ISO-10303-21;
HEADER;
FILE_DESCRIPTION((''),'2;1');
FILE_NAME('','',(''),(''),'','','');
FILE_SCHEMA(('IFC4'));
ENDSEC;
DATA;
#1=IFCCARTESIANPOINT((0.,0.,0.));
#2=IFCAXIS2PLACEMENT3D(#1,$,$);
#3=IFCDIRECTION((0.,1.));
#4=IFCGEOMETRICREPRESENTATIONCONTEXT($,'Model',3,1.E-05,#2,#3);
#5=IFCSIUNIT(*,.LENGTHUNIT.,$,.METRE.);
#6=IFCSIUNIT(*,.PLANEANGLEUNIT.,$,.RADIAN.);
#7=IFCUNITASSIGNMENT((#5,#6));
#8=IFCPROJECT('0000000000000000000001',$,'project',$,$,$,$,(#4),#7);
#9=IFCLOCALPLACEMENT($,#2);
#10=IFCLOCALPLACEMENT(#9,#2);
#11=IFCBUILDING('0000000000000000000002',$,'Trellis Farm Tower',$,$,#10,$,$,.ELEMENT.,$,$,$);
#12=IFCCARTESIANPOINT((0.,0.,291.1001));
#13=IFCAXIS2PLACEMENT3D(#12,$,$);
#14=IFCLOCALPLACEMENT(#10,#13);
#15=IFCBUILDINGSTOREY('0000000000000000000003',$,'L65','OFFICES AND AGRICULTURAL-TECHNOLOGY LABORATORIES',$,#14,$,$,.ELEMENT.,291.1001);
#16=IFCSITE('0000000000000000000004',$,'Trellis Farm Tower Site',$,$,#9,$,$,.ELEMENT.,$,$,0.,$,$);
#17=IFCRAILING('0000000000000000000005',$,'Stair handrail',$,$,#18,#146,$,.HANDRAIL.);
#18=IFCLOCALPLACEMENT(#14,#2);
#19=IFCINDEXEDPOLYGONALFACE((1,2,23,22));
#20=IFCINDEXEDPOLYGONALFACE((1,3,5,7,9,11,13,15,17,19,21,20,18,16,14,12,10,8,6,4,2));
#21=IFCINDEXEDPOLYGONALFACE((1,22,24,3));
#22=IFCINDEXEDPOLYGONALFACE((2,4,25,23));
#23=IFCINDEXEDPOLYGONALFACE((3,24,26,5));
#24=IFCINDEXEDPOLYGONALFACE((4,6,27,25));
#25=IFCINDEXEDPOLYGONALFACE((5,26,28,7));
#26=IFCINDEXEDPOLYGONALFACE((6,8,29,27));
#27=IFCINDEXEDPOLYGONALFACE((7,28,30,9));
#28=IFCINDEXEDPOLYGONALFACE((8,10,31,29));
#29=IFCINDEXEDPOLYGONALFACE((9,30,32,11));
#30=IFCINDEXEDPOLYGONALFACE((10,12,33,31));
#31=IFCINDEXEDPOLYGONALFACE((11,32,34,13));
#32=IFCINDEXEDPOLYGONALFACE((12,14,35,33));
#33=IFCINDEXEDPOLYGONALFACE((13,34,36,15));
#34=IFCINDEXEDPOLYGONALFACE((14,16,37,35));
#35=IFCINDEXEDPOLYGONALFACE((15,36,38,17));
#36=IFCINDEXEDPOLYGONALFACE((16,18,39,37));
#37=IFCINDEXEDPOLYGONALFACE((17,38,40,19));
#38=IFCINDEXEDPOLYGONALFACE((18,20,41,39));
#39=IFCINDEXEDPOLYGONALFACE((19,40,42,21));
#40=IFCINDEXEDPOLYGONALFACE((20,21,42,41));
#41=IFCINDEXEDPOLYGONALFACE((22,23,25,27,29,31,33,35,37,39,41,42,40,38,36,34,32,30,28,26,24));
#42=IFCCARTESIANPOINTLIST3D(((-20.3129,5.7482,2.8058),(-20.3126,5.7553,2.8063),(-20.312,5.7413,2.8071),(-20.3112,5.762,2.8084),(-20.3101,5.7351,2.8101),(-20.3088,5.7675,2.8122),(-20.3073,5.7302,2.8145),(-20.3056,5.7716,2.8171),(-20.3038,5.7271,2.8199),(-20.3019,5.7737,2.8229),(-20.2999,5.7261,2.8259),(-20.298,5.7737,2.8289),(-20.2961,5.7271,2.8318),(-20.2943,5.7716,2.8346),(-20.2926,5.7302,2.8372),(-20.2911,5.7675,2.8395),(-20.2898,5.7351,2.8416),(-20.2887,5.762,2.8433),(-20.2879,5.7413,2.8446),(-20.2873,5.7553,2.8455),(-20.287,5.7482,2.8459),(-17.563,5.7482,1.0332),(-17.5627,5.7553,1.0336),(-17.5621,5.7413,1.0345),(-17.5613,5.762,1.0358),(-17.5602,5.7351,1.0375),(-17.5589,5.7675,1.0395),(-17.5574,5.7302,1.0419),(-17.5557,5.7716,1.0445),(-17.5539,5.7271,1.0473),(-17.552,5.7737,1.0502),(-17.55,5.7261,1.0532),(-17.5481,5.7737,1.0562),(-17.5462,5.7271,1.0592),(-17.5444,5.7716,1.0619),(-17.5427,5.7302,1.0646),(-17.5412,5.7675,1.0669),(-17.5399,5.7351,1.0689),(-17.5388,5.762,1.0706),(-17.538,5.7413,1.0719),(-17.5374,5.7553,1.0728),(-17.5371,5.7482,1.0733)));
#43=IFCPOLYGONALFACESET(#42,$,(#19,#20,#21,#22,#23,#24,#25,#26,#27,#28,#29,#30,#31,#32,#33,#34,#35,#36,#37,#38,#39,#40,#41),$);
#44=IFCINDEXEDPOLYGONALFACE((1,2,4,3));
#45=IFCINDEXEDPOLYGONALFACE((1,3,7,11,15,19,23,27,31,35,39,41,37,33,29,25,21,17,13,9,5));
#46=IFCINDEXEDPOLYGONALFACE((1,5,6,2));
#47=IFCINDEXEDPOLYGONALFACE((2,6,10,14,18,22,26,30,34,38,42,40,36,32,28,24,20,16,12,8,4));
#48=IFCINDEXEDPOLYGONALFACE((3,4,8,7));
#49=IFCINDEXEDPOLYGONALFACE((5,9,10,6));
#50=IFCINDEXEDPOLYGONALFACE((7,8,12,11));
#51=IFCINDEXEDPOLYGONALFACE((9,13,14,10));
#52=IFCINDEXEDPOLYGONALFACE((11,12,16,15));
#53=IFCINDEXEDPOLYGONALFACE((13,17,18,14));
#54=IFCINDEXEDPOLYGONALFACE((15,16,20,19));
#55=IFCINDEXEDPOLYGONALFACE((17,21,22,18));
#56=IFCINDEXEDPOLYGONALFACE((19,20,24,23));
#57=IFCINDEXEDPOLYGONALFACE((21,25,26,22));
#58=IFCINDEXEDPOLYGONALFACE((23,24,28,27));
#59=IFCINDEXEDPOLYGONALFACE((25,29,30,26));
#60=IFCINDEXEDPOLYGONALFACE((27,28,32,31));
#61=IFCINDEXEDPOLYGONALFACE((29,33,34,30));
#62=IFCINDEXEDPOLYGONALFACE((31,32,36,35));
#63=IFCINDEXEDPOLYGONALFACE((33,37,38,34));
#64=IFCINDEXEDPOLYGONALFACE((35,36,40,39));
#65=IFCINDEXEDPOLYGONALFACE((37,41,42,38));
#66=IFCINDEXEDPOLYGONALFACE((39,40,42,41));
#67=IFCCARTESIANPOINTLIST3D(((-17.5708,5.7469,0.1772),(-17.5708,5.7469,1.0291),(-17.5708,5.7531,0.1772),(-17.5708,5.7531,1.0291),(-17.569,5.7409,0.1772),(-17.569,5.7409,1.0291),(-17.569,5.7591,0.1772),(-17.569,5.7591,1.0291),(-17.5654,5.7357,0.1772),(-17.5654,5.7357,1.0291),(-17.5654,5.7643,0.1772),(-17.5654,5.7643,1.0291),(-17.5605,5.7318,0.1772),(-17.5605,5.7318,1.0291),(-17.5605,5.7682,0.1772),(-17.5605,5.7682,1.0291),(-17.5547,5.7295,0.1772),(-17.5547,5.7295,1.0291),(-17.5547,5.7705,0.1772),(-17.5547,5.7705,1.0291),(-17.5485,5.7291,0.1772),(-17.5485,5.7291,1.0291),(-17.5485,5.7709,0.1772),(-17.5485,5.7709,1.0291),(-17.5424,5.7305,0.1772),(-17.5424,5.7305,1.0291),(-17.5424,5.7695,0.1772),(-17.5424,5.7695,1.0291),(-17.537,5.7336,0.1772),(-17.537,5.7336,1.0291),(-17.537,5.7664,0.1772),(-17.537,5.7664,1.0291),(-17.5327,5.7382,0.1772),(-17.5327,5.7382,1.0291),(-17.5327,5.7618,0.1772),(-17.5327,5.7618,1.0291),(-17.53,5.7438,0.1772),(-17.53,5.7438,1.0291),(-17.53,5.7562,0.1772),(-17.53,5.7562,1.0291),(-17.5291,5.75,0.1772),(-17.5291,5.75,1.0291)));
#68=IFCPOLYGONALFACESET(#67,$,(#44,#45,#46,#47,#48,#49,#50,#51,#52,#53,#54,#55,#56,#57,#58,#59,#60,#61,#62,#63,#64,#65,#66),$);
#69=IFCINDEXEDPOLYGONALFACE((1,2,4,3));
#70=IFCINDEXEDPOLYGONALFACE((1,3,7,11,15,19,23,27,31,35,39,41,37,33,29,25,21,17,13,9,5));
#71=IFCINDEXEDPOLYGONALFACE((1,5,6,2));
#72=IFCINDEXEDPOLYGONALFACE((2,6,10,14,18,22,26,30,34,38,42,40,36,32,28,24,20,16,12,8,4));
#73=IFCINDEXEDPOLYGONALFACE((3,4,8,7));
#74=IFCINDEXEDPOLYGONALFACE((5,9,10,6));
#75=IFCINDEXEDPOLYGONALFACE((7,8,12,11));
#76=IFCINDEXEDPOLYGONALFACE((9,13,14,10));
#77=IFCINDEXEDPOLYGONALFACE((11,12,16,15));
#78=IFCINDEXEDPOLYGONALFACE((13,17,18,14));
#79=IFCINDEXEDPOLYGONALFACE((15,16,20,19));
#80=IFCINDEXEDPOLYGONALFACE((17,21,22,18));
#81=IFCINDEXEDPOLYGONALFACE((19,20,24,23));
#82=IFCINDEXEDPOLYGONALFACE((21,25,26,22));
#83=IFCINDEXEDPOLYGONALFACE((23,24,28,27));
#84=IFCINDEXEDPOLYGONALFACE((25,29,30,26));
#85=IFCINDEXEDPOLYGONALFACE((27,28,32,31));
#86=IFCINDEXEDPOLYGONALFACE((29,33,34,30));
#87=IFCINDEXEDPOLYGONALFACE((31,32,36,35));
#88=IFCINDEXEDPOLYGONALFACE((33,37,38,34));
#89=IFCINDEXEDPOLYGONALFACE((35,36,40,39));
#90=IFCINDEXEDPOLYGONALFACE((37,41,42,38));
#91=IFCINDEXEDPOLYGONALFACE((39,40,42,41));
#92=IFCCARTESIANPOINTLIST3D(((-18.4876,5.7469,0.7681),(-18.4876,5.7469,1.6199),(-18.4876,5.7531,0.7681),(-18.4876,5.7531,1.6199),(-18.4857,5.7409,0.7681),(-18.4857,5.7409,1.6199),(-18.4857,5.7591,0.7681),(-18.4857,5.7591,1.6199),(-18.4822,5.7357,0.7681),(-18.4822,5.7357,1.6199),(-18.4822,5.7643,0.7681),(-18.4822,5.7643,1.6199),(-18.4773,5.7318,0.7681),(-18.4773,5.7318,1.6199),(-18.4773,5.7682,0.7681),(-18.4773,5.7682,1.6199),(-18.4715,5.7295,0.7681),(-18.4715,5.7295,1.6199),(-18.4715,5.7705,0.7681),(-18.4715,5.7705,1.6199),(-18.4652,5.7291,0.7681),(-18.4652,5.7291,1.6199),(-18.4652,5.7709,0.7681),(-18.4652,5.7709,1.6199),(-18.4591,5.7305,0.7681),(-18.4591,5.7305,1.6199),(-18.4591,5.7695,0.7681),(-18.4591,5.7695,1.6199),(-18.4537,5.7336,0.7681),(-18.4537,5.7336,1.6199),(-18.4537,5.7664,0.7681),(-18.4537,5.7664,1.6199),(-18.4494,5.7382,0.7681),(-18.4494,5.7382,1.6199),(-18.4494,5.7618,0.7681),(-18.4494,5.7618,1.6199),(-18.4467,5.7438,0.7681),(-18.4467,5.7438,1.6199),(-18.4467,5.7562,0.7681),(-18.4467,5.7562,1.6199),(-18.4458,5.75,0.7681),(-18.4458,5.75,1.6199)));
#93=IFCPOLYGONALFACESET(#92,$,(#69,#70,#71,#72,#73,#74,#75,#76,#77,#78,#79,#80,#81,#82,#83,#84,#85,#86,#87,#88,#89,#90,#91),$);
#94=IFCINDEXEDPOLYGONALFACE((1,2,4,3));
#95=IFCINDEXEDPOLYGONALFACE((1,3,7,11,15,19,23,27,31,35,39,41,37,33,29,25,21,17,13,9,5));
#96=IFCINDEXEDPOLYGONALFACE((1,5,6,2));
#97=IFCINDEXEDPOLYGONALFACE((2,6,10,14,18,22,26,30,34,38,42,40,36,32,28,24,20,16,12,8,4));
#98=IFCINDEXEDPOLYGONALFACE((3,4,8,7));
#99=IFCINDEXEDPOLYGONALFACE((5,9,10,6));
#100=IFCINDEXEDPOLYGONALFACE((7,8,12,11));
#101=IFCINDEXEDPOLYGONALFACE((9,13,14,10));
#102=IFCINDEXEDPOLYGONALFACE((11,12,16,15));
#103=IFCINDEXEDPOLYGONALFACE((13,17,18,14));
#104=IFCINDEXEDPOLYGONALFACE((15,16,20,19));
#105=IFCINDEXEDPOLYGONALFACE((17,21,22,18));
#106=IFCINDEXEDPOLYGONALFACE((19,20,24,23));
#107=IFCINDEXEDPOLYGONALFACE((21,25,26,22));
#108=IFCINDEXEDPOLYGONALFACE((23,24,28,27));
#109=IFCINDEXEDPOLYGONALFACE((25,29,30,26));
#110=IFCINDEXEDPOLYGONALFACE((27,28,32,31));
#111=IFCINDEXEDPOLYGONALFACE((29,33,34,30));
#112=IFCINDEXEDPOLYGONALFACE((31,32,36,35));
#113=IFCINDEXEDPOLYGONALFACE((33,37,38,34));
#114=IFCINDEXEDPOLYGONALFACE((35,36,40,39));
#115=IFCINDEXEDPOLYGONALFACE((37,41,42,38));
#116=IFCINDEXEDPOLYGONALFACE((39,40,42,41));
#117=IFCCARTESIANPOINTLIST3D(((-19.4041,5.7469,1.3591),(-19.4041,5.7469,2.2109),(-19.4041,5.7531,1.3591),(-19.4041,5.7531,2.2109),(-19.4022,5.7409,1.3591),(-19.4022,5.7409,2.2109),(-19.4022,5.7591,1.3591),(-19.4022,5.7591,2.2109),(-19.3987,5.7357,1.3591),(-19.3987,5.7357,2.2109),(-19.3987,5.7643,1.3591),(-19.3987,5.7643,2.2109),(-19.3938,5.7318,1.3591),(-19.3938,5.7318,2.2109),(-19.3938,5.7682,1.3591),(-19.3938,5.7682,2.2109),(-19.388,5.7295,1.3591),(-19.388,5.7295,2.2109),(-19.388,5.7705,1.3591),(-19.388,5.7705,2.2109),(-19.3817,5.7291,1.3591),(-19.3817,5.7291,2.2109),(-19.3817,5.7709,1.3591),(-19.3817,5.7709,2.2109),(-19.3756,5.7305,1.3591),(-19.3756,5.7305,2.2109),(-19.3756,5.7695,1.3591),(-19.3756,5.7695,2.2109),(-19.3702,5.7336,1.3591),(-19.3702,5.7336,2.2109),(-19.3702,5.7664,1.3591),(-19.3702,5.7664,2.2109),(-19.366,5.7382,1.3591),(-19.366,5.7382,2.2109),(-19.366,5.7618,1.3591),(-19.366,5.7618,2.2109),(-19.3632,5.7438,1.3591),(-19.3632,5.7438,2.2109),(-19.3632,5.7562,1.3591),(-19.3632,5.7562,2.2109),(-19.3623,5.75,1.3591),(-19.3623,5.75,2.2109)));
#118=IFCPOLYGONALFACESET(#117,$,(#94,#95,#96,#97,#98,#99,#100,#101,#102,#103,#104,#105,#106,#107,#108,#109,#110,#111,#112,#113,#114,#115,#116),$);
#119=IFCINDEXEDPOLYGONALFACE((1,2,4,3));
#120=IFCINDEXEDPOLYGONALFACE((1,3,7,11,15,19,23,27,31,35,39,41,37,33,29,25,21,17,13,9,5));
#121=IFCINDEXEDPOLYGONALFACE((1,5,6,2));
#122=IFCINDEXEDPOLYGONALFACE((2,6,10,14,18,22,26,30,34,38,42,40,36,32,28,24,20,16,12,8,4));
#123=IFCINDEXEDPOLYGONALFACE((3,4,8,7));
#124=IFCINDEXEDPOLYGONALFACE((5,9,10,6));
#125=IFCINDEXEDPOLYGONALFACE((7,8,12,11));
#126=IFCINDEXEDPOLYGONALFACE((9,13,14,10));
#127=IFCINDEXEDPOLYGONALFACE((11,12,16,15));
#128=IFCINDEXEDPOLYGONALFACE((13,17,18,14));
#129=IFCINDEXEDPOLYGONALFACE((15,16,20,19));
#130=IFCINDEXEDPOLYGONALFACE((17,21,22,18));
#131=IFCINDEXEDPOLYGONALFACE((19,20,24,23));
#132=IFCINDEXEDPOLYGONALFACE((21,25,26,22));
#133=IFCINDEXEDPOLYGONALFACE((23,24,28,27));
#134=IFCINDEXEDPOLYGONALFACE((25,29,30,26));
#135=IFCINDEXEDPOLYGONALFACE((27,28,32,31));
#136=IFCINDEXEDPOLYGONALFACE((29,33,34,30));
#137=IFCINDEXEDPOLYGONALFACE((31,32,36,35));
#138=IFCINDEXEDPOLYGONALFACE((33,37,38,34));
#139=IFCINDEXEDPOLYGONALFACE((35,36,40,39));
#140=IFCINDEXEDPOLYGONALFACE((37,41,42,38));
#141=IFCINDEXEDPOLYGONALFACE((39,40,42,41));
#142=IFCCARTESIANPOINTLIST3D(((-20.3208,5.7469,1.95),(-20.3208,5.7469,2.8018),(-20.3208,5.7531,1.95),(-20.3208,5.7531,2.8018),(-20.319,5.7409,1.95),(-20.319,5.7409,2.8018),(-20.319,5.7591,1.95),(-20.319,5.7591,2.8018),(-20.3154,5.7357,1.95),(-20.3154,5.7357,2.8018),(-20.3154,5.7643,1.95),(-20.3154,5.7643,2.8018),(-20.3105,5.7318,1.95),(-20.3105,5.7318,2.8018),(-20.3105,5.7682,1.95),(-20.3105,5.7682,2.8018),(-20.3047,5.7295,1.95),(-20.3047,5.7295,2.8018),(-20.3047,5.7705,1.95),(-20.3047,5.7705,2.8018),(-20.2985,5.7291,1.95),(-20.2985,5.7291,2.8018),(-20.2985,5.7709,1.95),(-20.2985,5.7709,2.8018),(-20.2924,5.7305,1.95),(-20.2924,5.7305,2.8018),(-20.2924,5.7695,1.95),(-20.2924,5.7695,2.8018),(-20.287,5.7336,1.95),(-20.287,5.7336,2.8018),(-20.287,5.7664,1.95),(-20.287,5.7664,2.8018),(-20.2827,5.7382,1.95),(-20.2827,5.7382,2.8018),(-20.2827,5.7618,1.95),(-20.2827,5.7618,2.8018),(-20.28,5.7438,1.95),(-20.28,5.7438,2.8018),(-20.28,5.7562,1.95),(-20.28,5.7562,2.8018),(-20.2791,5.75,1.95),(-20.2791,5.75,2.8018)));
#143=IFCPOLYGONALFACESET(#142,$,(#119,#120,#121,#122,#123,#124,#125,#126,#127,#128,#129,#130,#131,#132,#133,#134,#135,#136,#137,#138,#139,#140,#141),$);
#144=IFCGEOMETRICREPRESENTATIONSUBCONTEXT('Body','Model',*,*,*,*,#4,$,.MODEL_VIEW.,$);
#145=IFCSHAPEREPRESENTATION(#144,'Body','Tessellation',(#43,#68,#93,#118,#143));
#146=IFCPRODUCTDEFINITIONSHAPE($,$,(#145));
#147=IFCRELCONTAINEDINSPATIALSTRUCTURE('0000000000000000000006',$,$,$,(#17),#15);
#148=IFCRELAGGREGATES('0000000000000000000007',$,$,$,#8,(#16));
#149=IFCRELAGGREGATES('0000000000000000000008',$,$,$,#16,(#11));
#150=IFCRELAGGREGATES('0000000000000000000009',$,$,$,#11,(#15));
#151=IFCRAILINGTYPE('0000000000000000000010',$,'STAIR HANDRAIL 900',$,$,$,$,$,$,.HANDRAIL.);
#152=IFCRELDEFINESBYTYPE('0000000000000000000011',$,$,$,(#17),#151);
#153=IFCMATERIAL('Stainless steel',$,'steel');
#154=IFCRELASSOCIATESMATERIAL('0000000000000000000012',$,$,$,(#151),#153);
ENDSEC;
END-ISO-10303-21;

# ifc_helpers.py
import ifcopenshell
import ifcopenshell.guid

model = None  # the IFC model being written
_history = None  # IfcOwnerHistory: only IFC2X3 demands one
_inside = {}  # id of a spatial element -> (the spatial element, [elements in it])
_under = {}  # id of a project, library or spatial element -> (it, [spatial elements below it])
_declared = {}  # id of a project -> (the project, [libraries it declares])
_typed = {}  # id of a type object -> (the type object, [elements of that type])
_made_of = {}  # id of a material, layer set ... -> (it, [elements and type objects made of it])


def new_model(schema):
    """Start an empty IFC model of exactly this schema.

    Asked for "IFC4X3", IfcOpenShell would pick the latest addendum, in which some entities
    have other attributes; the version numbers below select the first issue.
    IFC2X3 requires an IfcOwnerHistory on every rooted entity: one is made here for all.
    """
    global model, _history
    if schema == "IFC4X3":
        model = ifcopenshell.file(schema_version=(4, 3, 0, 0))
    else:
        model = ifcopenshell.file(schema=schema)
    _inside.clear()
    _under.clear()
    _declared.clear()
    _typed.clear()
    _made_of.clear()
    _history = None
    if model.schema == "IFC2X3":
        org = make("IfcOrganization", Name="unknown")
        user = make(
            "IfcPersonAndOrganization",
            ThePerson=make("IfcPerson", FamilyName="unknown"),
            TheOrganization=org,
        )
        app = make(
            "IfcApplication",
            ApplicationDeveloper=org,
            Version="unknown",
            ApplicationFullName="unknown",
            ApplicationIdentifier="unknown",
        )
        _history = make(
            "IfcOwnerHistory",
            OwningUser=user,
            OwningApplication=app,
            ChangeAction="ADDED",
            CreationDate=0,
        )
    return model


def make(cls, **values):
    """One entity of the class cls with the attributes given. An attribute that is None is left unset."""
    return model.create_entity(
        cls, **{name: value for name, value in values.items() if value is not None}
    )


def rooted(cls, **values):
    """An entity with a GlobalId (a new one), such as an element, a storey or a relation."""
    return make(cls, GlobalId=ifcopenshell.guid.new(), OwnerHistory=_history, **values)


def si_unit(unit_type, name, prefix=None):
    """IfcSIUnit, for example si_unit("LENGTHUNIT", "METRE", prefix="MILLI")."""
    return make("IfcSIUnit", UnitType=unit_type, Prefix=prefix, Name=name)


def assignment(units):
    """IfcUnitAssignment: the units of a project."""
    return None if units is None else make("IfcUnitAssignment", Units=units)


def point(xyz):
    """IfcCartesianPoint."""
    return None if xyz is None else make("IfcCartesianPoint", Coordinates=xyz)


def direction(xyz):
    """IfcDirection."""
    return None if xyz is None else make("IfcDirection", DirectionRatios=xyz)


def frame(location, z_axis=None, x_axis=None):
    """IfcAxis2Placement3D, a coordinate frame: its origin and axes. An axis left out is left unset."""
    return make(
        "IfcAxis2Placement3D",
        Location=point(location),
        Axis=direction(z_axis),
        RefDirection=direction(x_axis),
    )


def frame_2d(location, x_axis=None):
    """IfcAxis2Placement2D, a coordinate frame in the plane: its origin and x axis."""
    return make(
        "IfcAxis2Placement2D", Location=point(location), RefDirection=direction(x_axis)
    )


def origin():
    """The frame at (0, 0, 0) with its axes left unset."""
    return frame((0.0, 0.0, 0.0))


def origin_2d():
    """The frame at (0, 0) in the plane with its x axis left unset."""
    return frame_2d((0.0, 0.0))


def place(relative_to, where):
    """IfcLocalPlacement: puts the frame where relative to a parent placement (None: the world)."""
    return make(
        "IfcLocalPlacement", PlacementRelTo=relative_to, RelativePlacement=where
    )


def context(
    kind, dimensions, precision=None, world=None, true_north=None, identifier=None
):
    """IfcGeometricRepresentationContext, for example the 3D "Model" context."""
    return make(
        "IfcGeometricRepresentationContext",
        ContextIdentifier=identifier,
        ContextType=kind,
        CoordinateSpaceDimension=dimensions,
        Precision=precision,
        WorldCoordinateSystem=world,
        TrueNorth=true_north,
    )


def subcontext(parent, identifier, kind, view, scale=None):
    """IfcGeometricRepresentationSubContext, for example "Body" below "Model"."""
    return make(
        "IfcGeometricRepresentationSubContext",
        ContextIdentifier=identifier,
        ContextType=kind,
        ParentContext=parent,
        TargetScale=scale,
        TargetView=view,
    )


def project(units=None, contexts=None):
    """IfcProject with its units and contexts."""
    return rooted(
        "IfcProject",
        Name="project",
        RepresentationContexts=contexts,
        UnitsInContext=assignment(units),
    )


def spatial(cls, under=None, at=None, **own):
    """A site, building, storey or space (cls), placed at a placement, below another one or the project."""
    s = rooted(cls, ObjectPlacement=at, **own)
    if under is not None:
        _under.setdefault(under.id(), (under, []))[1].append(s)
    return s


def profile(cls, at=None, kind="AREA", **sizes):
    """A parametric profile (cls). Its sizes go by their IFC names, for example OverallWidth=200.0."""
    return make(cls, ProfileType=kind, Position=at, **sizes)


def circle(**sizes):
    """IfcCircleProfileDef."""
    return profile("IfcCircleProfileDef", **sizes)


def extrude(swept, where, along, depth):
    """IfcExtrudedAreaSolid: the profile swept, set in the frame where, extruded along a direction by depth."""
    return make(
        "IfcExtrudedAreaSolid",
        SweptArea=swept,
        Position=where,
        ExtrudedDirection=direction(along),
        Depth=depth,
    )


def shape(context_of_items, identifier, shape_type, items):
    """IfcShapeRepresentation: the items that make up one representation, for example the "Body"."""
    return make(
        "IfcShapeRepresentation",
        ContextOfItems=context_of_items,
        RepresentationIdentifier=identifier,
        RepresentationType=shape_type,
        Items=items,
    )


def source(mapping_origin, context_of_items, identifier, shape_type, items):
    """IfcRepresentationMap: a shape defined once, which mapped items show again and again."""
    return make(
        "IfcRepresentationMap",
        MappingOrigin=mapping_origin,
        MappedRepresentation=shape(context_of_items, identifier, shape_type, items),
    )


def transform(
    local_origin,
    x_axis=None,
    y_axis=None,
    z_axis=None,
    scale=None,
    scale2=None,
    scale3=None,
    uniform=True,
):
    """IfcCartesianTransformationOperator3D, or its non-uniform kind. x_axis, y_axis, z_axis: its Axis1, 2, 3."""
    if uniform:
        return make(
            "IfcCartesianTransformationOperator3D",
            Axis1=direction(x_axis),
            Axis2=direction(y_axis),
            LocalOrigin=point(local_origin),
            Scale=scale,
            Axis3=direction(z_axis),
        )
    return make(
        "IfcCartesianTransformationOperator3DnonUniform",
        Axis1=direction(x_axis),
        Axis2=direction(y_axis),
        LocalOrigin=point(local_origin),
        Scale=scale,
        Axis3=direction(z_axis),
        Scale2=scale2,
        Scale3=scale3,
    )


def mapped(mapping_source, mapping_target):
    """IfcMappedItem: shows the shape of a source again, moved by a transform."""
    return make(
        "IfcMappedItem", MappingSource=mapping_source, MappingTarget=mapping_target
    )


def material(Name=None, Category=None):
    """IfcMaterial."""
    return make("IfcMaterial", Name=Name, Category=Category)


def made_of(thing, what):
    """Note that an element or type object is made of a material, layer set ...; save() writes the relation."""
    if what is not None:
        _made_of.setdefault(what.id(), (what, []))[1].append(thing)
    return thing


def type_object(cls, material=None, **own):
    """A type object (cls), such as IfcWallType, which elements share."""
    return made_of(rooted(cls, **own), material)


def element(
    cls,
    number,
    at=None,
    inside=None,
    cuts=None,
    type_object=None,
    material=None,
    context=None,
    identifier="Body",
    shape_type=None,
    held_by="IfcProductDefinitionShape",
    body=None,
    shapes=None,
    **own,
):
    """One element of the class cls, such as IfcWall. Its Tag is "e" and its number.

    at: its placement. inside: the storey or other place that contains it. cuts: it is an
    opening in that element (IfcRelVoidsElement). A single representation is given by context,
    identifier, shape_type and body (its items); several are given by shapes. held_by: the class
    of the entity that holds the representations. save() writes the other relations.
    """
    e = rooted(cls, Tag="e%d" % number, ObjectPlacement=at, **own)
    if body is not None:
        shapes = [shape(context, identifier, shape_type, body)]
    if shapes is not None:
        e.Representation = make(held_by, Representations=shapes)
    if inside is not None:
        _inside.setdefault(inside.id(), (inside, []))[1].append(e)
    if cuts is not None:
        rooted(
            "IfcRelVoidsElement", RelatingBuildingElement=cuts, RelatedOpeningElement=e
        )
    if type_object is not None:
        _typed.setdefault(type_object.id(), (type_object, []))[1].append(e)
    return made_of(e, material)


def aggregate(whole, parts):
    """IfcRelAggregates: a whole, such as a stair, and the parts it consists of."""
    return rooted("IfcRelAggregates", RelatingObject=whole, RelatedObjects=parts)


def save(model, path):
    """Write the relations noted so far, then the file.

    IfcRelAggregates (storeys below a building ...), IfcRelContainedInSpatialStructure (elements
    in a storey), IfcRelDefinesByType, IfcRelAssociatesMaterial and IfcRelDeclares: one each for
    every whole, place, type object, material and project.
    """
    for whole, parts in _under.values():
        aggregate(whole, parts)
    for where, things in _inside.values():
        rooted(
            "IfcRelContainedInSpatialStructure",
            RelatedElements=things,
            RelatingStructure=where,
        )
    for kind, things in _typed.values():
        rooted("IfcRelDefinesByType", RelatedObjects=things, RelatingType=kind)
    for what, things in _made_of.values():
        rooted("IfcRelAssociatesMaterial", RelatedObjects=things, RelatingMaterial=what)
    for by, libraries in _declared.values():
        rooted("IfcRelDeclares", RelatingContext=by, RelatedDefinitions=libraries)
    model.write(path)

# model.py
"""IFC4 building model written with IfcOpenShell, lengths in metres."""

from ifc_helpers import new_model, si_unit, direction, frame, origin, origin_2d, place, context, subcontext, project, spatial, circle, extrude, source, transform, mapped, material, type_object, element, save


model = new_model("IFC4")

# Units and contexts
model_context = context("Model", 3, precision=1e-05, world=origin(), true_north=direction((0.0, 1.0)))
body_context = subcontext(model_context, "Body", "Model", "MODEL_VIEW")
ifc_project = project(units=[si_unit("LENGTHUNIT", "METRE"), si_unit("PLANEANGLEUNIT", "RADIAN")], contexts=[model_context])

# Site, building, storey
site_placement = place(None, origin())
site = spatial("IfcSite", under=ifc_project, at=site_placement, Name="Trellis Farm Tower Site", CompositionType="ELEMENT", RefElevation=0.0)
building_placement = place(site_placement, origin())
building = spatial("IfcBuilding", under=site, at=building_placement, Name="Trellis Farm Tower", CompositionType="ELEMENT")
storey_placement = place(building_placement, frame((0.0, 0.0, 291.1001)))
storey = spatial("IfcBuildingStorey", under=building, at=storey_placement, Name="L65", Description="OFFICES AND AGRICULTURAL-TECHNOLOGY LABORATORIES", CompositionType="ELEMENT", Elevation=291.1001)

# Railing
ifc_material_1 = material(Name="Stainless steel", Category="steel")
railing_type = type_object("IfcRailingType", Name="STAIR HANDRAIL 900", PredefinedType="HANDRAIL", material=ifc_material_1)
shared_shape_1 = source(origin(), body_context, "Body", "SweptSolid", [
    extrude(circle(Radius=0.0239, at=origin_2d()), frame((0.0, 0.0, 0.876), z_axis=(-0.840504, 0.0, 0.541806), x_axis=(0.0, -1.0, 0.0)), (0.0, 0.0, 1.0), 3.2717),
    extrude(circle(Radius=0.021, at=origin_2d()), origin(), (0.0, 0.0, 1.0), 0.8518),
    extrude(circle(Radius=0.021, at=origin_2d()), frame((-0.9167, 0.0, 0.5908)), (0.0, 0.0, 1.0), 0.8518),
    extrude(circle(Radius=0.021, at=origin_2d()), frame((-1.8333, 0.0, 1.1819)), (0.0, 0.0, 1.0), 0.8518),
    extrude(circle(Radius=0.021, at=origin_2d()), frame((-2.75, 0.0, 1.7727)), (0.0, 0.0, 1.0), 0.8518),
])
railing_placement = place(storey_placement, frame((-17.55, 5.75, 0.1772)))
element("IfcRailing", 1, at=railing_placement, inside=storey, type_object=railing_type, Name="Stair handrail", PredefinedType="HANDRAIL", context=body_context, shape_type="MappedRepresentation", body=[
    mapped(shared_shape_1, transform((0.0, 0.0, 0.0))),
])

save(model, "model.ifc")
